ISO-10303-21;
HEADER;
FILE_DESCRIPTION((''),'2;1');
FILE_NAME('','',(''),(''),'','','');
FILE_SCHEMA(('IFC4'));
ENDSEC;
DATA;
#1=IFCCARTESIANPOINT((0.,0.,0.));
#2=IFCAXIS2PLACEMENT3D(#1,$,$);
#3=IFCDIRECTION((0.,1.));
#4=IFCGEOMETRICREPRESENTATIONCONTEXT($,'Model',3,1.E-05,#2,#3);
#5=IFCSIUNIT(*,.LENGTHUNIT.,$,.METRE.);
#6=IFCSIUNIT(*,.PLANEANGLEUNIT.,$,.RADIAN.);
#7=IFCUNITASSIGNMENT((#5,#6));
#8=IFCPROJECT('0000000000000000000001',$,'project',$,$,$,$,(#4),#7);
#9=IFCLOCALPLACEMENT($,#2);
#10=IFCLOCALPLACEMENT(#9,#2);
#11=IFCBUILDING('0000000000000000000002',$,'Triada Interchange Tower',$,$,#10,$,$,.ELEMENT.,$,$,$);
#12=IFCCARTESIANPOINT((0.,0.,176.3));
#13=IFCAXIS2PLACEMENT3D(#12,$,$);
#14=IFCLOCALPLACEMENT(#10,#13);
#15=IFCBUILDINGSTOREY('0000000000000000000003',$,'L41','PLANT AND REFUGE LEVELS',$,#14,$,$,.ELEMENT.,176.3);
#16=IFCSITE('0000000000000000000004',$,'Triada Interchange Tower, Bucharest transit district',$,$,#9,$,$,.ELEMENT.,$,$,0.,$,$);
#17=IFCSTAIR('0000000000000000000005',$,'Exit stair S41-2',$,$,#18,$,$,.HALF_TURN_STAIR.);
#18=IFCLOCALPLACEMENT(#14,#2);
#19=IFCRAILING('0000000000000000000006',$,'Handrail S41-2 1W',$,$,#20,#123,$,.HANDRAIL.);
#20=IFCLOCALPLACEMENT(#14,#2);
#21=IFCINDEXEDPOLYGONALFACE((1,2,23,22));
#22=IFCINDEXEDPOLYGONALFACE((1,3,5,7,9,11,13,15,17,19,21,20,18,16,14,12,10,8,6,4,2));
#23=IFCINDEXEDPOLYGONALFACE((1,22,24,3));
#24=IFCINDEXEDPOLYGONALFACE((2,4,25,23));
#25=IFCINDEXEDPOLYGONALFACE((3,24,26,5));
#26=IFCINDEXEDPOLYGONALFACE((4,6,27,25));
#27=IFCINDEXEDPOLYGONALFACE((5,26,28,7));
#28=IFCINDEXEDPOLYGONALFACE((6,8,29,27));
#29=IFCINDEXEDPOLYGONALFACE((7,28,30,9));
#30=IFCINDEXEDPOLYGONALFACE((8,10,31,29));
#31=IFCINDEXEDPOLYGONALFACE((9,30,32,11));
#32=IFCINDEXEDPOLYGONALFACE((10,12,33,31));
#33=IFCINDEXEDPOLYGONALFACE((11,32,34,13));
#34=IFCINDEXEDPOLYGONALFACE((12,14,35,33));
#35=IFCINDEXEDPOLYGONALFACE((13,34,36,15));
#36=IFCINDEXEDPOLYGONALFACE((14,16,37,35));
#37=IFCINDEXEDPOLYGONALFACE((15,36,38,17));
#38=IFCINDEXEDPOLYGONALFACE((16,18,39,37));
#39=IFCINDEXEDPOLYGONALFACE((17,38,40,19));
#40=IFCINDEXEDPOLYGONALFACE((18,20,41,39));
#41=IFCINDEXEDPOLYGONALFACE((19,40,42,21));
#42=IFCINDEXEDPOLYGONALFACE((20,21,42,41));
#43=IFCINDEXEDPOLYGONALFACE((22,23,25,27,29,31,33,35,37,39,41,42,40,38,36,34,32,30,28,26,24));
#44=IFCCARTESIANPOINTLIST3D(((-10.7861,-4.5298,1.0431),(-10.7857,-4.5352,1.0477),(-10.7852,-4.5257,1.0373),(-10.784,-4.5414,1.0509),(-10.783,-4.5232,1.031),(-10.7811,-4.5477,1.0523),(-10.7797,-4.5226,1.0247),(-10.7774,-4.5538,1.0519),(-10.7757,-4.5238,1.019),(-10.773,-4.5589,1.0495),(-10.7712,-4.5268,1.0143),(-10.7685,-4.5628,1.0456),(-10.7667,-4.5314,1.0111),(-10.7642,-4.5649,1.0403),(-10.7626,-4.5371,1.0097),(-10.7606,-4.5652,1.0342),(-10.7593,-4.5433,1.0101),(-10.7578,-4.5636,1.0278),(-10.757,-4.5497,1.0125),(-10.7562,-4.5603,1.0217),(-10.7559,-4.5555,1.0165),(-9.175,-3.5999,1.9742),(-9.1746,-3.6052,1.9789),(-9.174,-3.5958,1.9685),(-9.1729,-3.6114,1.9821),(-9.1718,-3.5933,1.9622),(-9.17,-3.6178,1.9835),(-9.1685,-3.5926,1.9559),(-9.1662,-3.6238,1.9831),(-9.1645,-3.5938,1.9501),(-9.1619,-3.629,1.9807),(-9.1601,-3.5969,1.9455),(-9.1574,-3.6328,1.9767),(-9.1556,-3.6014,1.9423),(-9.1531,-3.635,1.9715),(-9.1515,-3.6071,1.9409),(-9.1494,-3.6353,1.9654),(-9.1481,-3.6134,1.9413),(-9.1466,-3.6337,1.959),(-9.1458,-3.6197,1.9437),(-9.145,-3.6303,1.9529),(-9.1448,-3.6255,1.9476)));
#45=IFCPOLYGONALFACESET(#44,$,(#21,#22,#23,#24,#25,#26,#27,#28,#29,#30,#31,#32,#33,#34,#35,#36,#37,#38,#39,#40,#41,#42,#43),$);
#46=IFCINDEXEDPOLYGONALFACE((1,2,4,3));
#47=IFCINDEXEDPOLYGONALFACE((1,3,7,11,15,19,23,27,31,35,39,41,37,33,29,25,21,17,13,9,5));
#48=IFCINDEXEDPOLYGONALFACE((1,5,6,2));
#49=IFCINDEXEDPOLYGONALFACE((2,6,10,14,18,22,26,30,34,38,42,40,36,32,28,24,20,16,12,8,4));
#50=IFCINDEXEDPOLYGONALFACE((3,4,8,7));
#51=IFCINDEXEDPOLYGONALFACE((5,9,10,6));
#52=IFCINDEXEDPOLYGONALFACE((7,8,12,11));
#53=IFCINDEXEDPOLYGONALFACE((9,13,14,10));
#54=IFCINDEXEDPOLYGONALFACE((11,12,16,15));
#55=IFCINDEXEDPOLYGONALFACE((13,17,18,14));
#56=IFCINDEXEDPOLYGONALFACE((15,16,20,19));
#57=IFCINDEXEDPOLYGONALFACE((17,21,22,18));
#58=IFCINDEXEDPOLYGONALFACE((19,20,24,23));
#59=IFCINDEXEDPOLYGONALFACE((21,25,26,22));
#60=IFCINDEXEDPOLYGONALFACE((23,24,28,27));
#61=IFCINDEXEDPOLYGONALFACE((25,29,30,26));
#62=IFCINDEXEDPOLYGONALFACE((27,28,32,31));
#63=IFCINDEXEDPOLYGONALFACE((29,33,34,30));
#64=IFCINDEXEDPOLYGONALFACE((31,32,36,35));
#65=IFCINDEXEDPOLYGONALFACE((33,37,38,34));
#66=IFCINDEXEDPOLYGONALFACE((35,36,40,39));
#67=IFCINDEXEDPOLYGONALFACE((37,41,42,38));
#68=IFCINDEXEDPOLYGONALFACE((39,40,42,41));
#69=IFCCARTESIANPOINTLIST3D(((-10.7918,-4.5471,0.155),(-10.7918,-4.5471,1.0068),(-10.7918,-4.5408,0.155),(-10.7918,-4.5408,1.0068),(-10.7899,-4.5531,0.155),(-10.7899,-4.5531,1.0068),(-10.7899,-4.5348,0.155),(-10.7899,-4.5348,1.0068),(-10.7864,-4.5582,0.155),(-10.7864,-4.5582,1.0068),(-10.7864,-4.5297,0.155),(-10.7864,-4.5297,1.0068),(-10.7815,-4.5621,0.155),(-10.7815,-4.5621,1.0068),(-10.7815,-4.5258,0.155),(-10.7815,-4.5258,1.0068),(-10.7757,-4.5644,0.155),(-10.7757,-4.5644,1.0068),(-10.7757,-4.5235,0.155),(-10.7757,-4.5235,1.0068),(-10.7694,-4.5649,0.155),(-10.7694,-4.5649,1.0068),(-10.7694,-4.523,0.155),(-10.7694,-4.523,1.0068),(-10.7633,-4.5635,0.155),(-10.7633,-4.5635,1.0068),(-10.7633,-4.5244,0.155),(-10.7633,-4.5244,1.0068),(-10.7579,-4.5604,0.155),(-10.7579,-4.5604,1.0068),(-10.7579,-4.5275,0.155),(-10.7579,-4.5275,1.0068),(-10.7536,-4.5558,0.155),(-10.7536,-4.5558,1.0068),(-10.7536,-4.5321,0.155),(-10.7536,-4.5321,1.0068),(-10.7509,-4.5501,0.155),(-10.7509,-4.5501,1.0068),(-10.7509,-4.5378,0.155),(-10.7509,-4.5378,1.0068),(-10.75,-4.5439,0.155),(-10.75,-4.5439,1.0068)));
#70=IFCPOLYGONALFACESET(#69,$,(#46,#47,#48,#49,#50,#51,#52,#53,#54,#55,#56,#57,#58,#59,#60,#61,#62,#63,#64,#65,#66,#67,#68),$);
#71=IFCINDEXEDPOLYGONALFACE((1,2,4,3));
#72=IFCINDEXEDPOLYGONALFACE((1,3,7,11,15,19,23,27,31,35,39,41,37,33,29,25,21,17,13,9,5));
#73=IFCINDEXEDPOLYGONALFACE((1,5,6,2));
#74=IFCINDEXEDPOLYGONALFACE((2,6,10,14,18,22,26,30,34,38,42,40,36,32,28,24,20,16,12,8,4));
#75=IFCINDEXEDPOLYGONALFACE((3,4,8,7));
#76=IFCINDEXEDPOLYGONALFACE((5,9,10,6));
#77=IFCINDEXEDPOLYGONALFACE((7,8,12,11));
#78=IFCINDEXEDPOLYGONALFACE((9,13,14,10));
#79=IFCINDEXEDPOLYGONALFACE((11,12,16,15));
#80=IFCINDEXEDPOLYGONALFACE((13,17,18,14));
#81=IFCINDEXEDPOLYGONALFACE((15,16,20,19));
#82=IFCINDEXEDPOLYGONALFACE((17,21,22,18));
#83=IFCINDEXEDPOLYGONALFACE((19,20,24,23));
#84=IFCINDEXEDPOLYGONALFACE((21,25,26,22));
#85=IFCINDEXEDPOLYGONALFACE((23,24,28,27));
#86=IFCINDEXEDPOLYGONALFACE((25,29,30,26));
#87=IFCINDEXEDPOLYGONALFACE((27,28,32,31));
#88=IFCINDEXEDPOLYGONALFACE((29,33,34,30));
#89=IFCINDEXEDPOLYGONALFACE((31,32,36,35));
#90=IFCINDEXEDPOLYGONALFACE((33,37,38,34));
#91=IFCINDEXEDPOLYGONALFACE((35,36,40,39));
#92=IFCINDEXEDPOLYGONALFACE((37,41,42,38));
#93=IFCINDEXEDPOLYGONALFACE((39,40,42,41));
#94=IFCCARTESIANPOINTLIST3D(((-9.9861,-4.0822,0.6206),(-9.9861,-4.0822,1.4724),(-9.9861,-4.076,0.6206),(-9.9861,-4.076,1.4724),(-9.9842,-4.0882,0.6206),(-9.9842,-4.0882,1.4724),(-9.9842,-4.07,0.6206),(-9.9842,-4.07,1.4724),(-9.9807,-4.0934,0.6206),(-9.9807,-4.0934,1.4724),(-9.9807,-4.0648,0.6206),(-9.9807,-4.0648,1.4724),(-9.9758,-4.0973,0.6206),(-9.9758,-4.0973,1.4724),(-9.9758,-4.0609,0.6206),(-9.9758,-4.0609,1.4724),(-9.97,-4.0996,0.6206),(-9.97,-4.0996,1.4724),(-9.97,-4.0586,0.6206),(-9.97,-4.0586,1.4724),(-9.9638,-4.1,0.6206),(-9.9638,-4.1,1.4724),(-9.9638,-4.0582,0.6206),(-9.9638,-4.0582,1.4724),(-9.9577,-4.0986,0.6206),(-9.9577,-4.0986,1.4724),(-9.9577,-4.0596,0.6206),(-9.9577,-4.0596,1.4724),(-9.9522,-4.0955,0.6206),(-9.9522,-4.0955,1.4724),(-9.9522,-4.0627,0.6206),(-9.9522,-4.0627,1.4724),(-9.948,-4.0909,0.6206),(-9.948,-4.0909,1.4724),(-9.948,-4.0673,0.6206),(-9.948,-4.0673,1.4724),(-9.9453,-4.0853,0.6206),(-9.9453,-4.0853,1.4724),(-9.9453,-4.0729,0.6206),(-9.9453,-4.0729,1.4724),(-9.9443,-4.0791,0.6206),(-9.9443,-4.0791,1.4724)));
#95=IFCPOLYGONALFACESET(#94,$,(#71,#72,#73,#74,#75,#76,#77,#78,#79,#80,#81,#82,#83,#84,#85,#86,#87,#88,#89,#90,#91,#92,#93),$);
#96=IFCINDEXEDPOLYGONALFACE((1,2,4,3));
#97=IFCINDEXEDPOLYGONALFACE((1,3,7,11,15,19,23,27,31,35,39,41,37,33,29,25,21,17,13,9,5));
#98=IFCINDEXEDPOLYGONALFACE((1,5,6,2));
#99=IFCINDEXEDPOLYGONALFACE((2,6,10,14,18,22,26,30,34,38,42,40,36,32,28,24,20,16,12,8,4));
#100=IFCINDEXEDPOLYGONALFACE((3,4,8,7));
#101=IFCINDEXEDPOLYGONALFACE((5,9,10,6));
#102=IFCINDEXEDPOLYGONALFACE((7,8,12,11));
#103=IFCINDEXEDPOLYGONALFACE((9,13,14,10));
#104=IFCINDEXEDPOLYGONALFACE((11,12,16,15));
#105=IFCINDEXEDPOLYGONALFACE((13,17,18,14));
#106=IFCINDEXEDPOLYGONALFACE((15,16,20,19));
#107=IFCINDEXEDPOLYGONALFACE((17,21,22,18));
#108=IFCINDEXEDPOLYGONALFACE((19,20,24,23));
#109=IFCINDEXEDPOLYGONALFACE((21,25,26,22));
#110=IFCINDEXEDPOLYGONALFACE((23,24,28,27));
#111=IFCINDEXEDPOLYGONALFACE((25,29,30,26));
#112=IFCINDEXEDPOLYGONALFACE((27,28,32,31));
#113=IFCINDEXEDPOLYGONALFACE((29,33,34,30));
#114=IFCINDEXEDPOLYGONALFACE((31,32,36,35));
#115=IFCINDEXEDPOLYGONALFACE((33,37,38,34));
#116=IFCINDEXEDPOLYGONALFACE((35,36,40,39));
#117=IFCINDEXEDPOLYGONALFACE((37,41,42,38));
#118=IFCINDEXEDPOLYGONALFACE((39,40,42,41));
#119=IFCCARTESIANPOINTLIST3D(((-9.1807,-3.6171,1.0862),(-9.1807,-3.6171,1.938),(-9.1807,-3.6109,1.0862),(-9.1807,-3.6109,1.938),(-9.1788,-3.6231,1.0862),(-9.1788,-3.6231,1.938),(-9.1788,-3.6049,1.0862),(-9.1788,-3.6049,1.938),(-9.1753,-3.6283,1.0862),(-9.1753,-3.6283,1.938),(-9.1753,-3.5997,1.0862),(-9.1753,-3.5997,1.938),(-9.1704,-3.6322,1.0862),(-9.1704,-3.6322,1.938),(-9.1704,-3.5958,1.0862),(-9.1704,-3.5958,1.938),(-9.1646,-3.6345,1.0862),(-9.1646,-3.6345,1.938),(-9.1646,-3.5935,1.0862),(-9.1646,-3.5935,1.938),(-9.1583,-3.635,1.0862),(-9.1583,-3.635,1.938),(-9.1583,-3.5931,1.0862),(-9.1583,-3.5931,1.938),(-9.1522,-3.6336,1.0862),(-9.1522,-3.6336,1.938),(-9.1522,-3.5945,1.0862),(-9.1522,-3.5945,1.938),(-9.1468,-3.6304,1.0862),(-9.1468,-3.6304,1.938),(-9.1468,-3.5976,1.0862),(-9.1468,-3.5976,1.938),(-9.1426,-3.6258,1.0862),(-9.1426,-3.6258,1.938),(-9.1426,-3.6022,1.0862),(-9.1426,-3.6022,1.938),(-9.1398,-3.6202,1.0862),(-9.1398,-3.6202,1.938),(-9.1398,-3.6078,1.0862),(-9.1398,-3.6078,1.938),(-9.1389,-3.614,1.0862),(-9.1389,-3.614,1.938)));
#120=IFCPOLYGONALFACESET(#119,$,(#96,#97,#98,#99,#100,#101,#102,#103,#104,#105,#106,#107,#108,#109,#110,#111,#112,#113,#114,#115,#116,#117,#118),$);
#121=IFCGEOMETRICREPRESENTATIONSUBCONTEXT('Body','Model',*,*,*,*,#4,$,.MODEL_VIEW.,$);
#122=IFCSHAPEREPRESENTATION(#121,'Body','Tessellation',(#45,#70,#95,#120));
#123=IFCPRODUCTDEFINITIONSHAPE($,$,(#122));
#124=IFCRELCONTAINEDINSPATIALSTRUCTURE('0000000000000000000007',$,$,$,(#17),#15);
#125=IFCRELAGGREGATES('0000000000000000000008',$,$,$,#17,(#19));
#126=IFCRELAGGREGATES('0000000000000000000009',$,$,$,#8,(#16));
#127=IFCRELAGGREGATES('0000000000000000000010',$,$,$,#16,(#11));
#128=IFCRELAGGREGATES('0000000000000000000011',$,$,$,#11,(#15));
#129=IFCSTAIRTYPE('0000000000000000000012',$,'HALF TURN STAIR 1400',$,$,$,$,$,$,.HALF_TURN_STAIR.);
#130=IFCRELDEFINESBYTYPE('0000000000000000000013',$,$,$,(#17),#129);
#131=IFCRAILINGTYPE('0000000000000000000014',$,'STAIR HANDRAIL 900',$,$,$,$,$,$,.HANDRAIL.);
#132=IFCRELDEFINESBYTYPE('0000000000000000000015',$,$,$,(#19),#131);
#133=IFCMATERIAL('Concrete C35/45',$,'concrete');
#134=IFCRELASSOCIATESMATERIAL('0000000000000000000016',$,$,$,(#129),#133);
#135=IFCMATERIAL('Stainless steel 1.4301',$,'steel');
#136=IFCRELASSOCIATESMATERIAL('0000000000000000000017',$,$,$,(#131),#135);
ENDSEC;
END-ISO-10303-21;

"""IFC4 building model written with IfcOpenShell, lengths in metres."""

from ifc_helpers import new_model, si_unit, direction, frame, origin, origin_2d, place, context, subcontext, project, spatial, circle, extrude, material, type_object, element, aggregate, save


model = new_model("IFC4")

# Units and contexts
model_context = context("Model", 3, precision=1e-05, world=origin(), true_north=direction((0.0, 1.0)))
body_context = subcontext(model_context, "Body", "Model", "MODEL_VIEW")
ifc_project = project(units=[si_unit("LENGTHUNIT", "METRE"), si_unit("PLANEANGLEUNIT", "RADIAN")], contexts=[model_context])

# Site, building, storey
site_placement = place(None, origin())
site = spatial("IfcSite", under=ifc_project, at=site_placement, Name="Triada Interchange Tower, Bucharest transit district", CompositionType="ELEMENT", RefElevation=0.0)
building_placement = place(site_placement, origin())
building = spatial("IfcBuilding", under=site, at=building_placement, Name="Triada Interchange Tower", CompositionType="ELEMENT")
storey_placement = place(building_placement, frame((0.0, 0.0, 176.3)))
storey = spatial("IfcBuildingStorey", under=building, at=storey_placement, Name="L41", Description="PLANT AND REFUGE LEVELS", CompositionType="ELEMENT", Elevation=176.3)

# Shared definitions
ifc_material_1 = material(Name="Concrete C35/45", Category="concrete")

# Stair, railing
stair_type = type_object("IfcStairType", Name="HALF TURN STAIR 1400", PredefinedType="HALF_TURN_STAIR", material=ifc_material_1)
stair_placement = place(storey_placement, origin())
stair = element("IfcStair", 1, at=stair_placement, inside=storey, type_object=stair_type, Name="Exit stair S41-2", PredefinedType="HALF_TURN_STAIR")
ifc_material_2 = material(Name="Stainless steel 1.4301", Category="steel")
railing_type_1 = type_object("IfcRailingType", Name="STAIR HANDRAIL 900", PredefinedType="HANDRAIL", material=ifc_material_2)
railing_1_placement = place(storey_placement, frame((-10.771, -4.5439, 0.155)))
railing_1 = element("IfcRailing", 2, at=railing_1_placement, type_object=railing_type_1, Name="Handrail S41-2 1W", PredefinedType="HANDRAIL", context=body_context, shape_type="SweptSolid", body=[
    extrude(circle(Radius=0.0239, at=origin_2d()), frame((0.0, 0.0, 0.876), z_axis=(0.774469, 0.44703, 0.447617), x_axis=(-0.499908, 0.866079, 0.0)), (0.0, 0.0, 1.0), 2.0803),
    extrude(circle(Radius=0.021, at=origin_2d()), origin(), (0.0, 0.0, 1.0), 0.8518),
    extrude(circle(Radius=0.021, at=origin_2d()), frame((0.8057, 0.4648, 0.4656)), (0.0, 0.0, 1.0), 0.8518),
    extrude(circle(Radius=0.021, at=origin_2d()), frame((1.6111, 0.9299, 0.9312)), (0.0, 0.0, 1.0), 0.8518),
])
aggregate(stair, [railing_1])

save(model, "model.ifc")
